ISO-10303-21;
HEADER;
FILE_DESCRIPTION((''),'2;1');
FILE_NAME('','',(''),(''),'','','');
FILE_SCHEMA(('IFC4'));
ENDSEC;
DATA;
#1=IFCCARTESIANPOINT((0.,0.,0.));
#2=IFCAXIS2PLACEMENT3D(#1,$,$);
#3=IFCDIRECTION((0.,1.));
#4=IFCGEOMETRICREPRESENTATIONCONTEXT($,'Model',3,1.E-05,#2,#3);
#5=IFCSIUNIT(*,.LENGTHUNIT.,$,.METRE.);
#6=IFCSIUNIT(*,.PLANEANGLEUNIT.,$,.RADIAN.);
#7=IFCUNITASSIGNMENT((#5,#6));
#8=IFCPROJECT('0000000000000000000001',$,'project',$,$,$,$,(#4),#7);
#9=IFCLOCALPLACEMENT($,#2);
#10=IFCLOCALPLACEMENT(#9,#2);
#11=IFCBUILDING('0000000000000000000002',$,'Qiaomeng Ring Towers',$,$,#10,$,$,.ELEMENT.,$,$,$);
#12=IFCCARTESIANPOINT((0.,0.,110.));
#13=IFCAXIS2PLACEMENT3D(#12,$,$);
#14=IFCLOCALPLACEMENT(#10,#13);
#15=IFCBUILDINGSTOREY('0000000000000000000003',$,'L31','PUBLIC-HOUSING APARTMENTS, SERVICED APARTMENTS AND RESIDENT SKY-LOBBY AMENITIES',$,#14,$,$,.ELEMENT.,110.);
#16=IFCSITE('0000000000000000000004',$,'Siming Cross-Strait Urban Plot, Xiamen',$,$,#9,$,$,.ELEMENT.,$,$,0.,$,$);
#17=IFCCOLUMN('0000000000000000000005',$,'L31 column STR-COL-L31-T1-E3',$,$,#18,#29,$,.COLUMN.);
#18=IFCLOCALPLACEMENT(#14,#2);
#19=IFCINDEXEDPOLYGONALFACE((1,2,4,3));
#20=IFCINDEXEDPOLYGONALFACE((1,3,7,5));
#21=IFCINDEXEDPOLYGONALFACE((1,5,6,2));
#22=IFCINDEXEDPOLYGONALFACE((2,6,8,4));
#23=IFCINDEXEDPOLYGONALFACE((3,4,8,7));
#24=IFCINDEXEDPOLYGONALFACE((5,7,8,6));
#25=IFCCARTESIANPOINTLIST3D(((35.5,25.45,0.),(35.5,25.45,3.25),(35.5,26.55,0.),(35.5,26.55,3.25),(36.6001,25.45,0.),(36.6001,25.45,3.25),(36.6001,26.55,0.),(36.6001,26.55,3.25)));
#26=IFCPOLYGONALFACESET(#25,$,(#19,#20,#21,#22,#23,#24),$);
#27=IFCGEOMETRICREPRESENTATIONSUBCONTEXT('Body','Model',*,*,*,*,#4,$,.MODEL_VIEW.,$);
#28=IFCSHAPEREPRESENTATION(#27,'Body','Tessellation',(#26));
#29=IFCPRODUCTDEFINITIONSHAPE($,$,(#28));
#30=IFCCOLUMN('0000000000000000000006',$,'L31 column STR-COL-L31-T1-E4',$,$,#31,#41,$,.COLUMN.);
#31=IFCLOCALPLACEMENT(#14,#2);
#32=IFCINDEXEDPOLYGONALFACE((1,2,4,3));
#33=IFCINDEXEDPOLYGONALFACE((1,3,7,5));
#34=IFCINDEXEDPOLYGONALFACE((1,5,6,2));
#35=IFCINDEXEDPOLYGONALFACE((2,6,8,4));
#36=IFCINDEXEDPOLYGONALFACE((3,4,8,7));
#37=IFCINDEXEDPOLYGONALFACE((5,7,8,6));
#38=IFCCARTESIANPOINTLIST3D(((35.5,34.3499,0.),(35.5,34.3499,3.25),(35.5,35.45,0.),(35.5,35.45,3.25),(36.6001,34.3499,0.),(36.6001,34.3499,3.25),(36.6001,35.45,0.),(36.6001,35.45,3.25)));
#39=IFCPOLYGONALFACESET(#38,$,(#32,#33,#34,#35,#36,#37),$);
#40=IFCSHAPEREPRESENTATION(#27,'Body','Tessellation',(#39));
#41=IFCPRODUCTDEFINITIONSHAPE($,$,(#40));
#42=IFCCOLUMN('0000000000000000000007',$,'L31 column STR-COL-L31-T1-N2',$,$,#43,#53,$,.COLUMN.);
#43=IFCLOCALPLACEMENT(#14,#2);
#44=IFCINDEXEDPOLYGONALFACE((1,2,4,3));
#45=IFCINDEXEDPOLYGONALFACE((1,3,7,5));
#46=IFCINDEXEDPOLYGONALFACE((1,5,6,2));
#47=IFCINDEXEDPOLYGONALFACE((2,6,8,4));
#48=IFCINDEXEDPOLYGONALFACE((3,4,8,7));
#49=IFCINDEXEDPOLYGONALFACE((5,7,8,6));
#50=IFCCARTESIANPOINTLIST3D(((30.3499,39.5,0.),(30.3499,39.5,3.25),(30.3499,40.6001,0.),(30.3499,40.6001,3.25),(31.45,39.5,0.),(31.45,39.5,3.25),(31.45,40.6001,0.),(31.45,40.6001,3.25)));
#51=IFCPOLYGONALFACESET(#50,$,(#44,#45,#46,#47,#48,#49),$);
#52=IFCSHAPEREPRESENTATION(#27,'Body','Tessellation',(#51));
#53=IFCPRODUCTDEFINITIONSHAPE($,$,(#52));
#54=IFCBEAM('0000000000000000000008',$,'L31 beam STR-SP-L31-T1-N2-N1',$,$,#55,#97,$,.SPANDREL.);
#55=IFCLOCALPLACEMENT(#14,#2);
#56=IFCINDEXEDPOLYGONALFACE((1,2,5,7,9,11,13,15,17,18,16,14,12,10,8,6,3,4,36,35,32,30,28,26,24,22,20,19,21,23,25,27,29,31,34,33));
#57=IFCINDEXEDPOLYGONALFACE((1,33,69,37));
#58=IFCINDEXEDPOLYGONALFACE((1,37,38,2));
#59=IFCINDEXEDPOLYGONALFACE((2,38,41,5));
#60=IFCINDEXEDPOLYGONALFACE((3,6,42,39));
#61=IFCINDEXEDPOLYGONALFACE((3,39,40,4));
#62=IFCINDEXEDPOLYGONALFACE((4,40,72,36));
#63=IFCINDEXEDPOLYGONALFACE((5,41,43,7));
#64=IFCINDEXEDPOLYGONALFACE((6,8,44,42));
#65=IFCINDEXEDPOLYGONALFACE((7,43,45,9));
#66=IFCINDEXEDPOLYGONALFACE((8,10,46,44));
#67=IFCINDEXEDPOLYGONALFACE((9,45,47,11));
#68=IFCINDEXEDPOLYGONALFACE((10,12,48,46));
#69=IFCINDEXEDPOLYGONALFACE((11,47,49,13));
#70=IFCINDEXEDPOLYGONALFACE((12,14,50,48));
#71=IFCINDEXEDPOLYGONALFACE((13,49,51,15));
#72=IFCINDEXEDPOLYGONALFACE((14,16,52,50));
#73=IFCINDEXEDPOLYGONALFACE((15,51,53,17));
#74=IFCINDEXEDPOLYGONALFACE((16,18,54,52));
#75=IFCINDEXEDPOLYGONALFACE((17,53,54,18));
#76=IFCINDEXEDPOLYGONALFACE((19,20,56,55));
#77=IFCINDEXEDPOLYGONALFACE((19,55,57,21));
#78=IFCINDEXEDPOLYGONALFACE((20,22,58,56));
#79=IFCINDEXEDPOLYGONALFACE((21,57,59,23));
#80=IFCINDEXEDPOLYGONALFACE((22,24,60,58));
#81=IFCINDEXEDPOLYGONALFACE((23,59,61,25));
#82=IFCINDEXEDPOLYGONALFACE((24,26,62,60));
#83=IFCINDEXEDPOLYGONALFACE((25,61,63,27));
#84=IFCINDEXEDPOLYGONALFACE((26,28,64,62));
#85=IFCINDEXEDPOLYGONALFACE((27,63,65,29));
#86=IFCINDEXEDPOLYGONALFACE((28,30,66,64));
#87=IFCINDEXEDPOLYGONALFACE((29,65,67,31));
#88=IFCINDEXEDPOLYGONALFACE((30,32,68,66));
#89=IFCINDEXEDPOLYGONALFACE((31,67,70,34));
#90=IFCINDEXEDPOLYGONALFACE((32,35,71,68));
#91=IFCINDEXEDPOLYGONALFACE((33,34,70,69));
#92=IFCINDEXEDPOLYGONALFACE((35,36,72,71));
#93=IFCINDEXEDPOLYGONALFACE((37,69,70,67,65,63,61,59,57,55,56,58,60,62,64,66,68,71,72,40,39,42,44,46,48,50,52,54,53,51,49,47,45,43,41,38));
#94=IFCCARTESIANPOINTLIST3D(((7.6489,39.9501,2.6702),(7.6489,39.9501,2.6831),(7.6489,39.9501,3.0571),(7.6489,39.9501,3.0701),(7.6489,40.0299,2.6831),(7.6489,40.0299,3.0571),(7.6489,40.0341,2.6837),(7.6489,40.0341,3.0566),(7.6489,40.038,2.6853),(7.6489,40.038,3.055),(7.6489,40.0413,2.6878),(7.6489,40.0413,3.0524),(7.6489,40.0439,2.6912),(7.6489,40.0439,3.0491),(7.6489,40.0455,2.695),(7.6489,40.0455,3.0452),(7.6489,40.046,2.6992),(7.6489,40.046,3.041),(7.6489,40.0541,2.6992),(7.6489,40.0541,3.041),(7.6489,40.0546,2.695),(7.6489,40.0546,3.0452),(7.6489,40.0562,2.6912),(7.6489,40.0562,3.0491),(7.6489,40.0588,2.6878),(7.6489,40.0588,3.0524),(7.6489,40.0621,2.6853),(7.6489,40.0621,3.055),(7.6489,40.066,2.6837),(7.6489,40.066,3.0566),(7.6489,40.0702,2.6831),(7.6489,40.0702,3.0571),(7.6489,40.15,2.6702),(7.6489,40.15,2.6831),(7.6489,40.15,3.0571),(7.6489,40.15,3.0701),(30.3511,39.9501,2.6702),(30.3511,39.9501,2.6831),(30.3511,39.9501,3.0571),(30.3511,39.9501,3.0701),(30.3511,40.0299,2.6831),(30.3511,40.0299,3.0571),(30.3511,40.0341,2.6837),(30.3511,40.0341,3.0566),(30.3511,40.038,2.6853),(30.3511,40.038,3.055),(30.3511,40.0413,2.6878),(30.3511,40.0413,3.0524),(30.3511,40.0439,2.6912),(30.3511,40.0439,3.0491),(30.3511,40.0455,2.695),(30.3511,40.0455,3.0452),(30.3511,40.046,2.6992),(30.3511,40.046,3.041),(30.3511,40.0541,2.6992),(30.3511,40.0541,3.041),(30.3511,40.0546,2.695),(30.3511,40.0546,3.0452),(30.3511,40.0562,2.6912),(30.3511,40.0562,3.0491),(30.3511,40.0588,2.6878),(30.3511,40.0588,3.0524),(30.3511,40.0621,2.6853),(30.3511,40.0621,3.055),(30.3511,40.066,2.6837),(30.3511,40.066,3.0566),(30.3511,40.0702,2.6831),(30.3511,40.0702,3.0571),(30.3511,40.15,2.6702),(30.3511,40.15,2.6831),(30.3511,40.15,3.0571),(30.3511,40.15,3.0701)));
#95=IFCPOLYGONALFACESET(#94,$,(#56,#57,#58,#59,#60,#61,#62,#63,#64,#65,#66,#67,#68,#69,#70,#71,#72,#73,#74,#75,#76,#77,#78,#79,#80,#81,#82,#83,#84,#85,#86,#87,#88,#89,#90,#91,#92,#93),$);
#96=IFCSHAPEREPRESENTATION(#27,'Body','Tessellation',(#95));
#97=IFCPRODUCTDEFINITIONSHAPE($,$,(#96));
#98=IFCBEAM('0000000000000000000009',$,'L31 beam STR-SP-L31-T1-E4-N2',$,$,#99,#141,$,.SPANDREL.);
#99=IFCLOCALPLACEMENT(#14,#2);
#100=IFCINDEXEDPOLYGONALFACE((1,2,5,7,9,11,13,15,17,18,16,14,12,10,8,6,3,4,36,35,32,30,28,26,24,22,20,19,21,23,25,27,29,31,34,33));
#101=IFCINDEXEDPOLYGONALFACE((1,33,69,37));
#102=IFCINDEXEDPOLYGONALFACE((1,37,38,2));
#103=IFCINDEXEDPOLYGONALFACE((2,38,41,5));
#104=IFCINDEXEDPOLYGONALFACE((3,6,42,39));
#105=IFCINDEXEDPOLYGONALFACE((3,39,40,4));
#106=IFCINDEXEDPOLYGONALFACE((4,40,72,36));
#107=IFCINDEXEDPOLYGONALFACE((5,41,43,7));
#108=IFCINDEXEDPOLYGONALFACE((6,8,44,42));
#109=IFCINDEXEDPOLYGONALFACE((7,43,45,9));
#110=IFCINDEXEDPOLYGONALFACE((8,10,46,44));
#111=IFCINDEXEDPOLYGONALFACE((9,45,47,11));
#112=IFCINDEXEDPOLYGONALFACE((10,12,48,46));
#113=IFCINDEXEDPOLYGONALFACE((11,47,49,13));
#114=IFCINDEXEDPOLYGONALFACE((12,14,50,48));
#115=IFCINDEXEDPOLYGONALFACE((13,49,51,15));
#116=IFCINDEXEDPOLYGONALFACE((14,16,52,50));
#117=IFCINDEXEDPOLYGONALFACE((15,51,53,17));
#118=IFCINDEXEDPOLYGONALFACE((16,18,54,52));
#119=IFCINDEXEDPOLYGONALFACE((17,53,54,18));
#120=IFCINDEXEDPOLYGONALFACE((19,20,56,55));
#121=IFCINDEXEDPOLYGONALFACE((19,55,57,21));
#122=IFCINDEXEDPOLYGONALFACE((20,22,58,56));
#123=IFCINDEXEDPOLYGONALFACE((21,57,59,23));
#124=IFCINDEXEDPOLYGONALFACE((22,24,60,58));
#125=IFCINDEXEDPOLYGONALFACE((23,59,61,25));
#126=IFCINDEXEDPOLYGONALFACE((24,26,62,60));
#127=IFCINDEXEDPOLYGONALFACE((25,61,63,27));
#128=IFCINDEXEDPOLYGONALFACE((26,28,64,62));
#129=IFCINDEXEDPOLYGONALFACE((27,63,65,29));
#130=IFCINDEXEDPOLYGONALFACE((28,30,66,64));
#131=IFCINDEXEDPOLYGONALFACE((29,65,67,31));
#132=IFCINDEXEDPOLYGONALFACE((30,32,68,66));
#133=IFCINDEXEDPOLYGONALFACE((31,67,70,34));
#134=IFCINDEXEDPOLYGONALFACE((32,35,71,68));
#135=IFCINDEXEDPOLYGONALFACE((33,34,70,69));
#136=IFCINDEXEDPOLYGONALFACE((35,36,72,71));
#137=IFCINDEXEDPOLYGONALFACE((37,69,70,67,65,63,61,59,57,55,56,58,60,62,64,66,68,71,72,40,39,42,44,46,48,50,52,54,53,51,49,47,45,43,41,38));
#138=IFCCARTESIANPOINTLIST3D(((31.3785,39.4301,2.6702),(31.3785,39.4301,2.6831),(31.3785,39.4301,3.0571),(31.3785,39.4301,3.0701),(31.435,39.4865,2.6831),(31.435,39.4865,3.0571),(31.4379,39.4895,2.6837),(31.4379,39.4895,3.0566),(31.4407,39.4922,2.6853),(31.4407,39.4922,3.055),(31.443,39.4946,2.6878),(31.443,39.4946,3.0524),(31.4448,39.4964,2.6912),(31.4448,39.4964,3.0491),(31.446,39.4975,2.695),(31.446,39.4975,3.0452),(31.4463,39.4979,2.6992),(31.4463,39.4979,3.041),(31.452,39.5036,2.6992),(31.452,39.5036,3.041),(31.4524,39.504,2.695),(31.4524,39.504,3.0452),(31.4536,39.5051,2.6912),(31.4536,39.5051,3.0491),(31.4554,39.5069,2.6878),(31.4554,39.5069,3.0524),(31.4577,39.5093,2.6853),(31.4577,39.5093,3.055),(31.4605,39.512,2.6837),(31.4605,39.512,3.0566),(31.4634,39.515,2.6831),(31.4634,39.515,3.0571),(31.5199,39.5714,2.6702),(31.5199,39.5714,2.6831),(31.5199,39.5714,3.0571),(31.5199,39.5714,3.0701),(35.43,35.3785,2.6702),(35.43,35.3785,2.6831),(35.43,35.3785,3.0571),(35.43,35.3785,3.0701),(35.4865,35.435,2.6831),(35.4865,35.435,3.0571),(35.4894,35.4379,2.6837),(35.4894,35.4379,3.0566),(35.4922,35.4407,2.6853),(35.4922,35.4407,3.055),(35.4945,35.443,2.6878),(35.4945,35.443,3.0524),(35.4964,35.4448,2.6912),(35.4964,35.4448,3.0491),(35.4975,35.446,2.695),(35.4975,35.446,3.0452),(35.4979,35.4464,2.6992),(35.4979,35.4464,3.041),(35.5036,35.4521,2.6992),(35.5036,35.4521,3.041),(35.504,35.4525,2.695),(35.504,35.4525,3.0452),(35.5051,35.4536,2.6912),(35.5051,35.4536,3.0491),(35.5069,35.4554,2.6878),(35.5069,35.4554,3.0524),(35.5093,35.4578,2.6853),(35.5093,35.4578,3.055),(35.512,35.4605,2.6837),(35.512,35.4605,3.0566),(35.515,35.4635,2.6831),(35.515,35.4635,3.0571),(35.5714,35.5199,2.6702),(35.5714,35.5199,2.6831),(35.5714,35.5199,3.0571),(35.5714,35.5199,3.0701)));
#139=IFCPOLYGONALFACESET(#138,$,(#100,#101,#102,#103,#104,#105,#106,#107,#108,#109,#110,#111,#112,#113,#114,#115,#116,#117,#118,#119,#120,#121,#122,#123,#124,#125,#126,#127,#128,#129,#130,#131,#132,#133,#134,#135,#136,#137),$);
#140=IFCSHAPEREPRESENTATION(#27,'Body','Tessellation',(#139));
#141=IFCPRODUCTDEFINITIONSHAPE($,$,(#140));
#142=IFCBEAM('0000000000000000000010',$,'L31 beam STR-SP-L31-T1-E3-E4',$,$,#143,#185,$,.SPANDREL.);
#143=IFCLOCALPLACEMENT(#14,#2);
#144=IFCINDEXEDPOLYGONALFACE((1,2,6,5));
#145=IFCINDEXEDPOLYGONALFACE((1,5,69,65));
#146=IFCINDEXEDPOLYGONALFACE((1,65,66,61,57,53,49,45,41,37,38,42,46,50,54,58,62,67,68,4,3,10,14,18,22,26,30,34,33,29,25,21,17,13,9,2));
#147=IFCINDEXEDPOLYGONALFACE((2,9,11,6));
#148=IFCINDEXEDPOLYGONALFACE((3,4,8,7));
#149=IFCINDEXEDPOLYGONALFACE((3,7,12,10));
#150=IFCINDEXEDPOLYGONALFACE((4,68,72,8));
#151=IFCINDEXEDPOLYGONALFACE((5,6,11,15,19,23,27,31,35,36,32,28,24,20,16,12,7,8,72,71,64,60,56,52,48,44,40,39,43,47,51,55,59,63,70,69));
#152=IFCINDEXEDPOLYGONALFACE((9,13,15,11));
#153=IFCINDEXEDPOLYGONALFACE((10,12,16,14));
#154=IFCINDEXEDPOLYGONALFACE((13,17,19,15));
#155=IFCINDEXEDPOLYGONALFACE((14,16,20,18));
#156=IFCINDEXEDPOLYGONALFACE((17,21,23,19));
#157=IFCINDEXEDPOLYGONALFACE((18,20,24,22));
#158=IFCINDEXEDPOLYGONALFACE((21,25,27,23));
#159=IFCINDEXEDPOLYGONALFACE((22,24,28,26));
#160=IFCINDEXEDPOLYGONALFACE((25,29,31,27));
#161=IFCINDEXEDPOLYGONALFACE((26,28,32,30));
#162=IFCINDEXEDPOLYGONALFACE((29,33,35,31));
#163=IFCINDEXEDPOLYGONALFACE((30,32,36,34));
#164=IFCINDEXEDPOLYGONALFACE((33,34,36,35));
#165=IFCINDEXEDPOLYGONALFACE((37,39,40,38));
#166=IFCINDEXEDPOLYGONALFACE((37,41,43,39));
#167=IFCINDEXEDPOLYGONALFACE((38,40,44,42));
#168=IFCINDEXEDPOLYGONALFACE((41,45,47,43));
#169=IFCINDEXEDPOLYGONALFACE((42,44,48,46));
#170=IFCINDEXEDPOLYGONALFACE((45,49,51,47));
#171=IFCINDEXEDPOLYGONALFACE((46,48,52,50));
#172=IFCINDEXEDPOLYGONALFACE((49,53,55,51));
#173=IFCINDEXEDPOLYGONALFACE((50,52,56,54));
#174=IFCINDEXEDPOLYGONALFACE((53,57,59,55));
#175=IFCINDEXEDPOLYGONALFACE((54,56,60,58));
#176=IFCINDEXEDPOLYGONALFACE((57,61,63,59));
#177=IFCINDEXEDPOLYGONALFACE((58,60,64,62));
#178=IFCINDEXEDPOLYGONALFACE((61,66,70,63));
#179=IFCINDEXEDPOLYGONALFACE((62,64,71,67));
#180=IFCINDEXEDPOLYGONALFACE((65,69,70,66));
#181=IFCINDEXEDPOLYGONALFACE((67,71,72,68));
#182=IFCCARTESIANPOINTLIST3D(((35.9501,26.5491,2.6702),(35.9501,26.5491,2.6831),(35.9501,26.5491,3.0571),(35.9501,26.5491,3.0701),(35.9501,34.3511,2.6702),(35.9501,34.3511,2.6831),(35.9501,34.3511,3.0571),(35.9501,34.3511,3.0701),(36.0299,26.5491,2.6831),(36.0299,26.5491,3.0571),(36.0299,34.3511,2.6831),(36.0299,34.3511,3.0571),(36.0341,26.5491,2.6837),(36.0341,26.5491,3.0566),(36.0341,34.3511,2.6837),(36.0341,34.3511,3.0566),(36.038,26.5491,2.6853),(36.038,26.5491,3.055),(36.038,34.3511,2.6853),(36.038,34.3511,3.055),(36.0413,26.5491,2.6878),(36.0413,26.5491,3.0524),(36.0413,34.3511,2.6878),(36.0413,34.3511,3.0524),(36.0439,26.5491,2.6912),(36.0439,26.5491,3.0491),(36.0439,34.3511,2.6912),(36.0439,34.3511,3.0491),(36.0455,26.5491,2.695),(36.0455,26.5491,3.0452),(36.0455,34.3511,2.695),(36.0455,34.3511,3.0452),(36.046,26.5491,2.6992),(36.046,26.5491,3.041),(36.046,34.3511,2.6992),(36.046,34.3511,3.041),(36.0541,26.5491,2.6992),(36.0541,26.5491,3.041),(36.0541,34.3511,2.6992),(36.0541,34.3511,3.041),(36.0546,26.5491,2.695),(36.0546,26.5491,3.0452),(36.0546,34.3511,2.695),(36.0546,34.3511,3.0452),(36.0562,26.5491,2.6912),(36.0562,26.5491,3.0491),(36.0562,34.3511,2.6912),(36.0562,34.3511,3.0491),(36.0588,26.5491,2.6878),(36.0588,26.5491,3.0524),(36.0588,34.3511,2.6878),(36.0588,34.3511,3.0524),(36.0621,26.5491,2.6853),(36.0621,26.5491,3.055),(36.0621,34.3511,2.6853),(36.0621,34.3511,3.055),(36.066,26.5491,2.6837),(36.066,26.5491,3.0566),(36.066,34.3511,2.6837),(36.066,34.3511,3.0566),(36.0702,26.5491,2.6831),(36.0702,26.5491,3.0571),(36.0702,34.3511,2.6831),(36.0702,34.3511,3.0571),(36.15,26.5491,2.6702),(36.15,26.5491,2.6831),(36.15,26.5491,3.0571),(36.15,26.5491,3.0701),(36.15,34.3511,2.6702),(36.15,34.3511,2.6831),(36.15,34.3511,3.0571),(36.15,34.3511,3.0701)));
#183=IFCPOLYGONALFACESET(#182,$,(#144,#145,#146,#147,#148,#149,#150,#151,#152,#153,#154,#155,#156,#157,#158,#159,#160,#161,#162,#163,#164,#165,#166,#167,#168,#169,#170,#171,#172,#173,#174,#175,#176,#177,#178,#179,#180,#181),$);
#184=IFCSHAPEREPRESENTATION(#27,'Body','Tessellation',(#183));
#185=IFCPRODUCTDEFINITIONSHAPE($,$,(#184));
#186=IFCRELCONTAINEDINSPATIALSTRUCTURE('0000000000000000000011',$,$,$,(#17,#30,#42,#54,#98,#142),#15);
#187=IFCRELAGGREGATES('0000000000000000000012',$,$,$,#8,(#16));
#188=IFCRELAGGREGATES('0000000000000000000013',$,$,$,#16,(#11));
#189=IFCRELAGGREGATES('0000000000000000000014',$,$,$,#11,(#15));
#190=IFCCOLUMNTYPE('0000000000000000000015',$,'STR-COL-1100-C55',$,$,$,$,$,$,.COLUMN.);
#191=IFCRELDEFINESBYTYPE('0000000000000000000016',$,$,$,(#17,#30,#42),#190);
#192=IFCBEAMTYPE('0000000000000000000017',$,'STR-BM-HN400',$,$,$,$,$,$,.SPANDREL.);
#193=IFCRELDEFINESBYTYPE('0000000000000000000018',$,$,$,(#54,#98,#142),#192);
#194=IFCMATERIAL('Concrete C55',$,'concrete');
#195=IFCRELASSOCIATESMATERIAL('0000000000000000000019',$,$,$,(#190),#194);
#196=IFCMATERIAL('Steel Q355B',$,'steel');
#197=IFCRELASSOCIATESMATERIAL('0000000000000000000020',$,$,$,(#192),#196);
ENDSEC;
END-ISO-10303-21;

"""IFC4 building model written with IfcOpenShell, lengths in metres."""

from ifc_helpers import new_model, si_unit, direction, frame, origin, origin_2d, place, context, subcontext, project, spatial, rectangle, i_section, extrude, source, transform, mapped, material, material_profile, profile_set, type_object, element, save


model = new_model("IFC4")

# Units and contexts
model_context = context("Model", 3, precision=1e-05, world=origin(), true_north=direction((0.0, 1.0)))
body_context = subcontext(model_context, "Body", "Model", "MODEL_VIEW")
ifc_project = project(units=[si_unit("LENGTHUNIT", "METRE"), si_unit("PLANEANGLEUNIT", "RADIAN")], contexts=[model_context])

# Site, building, storey
site_placement = place(None, origin())
site = spatial("IfcSite", under=ifc_project, at=site_placement, Name="Siming Cross-Strait Urban Plot, Xiamen", CompositionType="ELEMENT", RefElevation=0.0)
building_placement = place(site_placement, origin())
building = spatial("IfcBuilding", under=site, at=building_placement, Name="Qiaomeng Ring Towers", CompositionType="ELEMENT")
storey_placement = place(building_placement, frame((0.0, 0.0, 110.0)))
storey = spatial("IfcBuildingStorey", under=building, at=storey_placement, Name="L31", Description="PUBLIC-HOUSING APARTMENTS, SERVICED APARTMENTS AND RESIDENT SKY-LOBBY AMENITIES", CompositionType="ELEMENT", Elevation=110.0)

# Columns
ifc_material_1 = material(Name="Concrete C55", Category="concrete")
ifc_material_profile_1 = material_profile(ifc_material_1, rectangle(XDim=1.1001, YDim=1.1001, at=origin_2d()), Name="RC COL 1100x1100")
ifc_profile_set_1 = profile_set([ifc_material_profile_1], Name="Concrete C55")
column_type = type_object("IfcColumnType", Name="STR-COL-1100-C55", PredefinedType="COLUMN", material=ifc_profile_set_1)
shared_shape_1 = source(origin(), body_context, "Body", "SweptSolid", [
    extrude(rectangle(XDim=1.1001, YDim=1.1001, at=origin_2d()), origin(), (0.0, 0.0, 1.0), 3.25),
])
for number, where, z_axis, x_axis, name in (
    (1, (36.05, 26.0, 0.0), (0.0, 0.0, 1.0), (1.0, 0.0, 0.0), "L31 column STR-COL-L31-T1-E3"),
    (2, (36.05, 34.8999, 0.0), (0.0, 0.0, 1.0), (1.0, 0.0, 0.0), "L31 column STR-COL-L31-T1-E4"),
    (3, (30.8999, 40.05, 0.0), (0.0, 0.0, 1.0), (1.0, 0.0, 0.0), "L31 column STR-COL-L31-T1-N2"),
):
    element("IfcColumn", number, at=place(storey_placement, frame(where, z_axis=z_axis, x_axis=x_axis)), inside=storey, type_object=column_type, Name=name, PredefinedType="COLUMN", context=body_context, shape_type="MappedRepresentation", body=[
        mapped(shared_shape_1, transform((0.0, 0.0, 0.0), x_axis=(1.0, 0.0, 0.0), y_axis=(0.0, 1.0, 0.0), z_axis=(0.0, 0.0, 1.0), scale=1.0)),
    ])

# Beams
ifc_material_2 = material(Name="Steel Q355B", Category="steel")
ifc_material_profile_2 = material_profile(ifc_material_2, i_section(OverallWidth=0.2, OverallDepth=0.3999, WebThickness=0.0081, FlangeThickness=0.0129, FilletRadius=0.0161, at=origin_2d()), Name="HN 400x200x8x13")
ifc_profile_set_2 = profile_set([ifc_material_profile_2], Name="Steel Q355B")
beam_type_1 = type_object("IfcBeamType", Name="STR-BM-HN400", PredefinedType="SPANDREL", material=ifc_profile_set_2)
shared_shape_2 = source(origin(), body_context, "Body", "SweptSolid", [
    extrude(i_section(OverallWidth=0.2, OverallDepth=0.3999, WebThickness=0.0081, FlangeThickness=0.0129, FilletRadius=0.0161, at=origin_2d()), origin(), (0.0, 0.0, 1.0), 22.7021),
])
beam_1_placement = place(storey_placement, frame((30.3511, 40.05, 2.8701), z_axis=(-1.0, 0.0, 0.0), x_axis=(0.0, -1.0, 0.0)))
element("IfcBeam", 4, at=beam_1_placement, inside=storey, type_object=beam_type_1, Name="L31 beam STR-SP-L31-T1-N2-N1", PredefinedType="SPANDREL", context=body_context, shape_type="MappedRepresentation", body=[
    mapped(shared_shape_2, transform((0.0, 0.0, 0.0), x_axis=(1.0, 0.0, 0.0), y_axis=(0.0, 1.0, 0.0), z_axis=(0.0, 0.0, 1.0), scale=1.0)),
])
shared_shape_3 = source(origin(), body_context, "Body", "SweptSolid", [
    extrude(i_section(OverallWidth=0.2, OverallDepth=0.3999, WebThickness=0.0081, FlangeThickness=0.0129, FilletRadius=0.0161, at=origin_2d()), origin(), (0.0, 0.0, 1.0), 5.7297),
])
beam_2_placement = place(storey_placement, frame((35.5007, 35.4492, 2.8701), z_axis=(-0.707107, 0.707107, 0.0), x_axis=(-0.707107, -0.707107, 0.0)))
element("IfcBeam", 5, at=beam_2_placement, inside=storey, type_object=beam_type_1, Name="L31 beam STR-SP-L31-T1-E4-N2", PredefinedType="SPANDREL", context=body_context, shape_type="MappedRepresentation", body=[
    mapped(shared_shape_3, transform((0.0, 0.0, 0.0), x_axis=(1.0, 0.0, 0.0), y_axis=(0.0, 1.0, 0.0), z_axis=(0.0, 0.0, 1.0), scale=1.0)),
])
shared_shape_4 = source(origin(), body_context, "Body", "SweptSolid", [
    extrude(i_section(OverallWidth=0.2, OverallDepth=0.3999, WebThickness=0.0081, FlangeThickness=0.0129, FilletRadius=0.0161, at=origin_2d()), origin(), (0.0, 0.0, 1.0), 7.802),
])
beam_3_placement = place(storey_placement, frame((36.05, 26.5491, 2.8701), z_axis=(0.0, 1.0, 0.0), x_axis=(-1.0, 0.0, 0.0)))
element("IfcBeam", 6, at=beam_3_placement, inside=storey, type_object=beam_type_1, Name="L31 beam STR-SP-L31-T1-E3-E4", PredefinedType="SPANDREL", context=body_context, shape_type="MappedRepresentation", body=[
    mapped(shared_shape_4, transform((0.0, 0.0, 0.0), x_axis=(1.0, 0.0, 0.0), y_axis=(0.0, 1.0, 0.0), z_axis=(0.0, 0.0, 1.0), scale=1.0)),
])

save(model, "model.ifc")
